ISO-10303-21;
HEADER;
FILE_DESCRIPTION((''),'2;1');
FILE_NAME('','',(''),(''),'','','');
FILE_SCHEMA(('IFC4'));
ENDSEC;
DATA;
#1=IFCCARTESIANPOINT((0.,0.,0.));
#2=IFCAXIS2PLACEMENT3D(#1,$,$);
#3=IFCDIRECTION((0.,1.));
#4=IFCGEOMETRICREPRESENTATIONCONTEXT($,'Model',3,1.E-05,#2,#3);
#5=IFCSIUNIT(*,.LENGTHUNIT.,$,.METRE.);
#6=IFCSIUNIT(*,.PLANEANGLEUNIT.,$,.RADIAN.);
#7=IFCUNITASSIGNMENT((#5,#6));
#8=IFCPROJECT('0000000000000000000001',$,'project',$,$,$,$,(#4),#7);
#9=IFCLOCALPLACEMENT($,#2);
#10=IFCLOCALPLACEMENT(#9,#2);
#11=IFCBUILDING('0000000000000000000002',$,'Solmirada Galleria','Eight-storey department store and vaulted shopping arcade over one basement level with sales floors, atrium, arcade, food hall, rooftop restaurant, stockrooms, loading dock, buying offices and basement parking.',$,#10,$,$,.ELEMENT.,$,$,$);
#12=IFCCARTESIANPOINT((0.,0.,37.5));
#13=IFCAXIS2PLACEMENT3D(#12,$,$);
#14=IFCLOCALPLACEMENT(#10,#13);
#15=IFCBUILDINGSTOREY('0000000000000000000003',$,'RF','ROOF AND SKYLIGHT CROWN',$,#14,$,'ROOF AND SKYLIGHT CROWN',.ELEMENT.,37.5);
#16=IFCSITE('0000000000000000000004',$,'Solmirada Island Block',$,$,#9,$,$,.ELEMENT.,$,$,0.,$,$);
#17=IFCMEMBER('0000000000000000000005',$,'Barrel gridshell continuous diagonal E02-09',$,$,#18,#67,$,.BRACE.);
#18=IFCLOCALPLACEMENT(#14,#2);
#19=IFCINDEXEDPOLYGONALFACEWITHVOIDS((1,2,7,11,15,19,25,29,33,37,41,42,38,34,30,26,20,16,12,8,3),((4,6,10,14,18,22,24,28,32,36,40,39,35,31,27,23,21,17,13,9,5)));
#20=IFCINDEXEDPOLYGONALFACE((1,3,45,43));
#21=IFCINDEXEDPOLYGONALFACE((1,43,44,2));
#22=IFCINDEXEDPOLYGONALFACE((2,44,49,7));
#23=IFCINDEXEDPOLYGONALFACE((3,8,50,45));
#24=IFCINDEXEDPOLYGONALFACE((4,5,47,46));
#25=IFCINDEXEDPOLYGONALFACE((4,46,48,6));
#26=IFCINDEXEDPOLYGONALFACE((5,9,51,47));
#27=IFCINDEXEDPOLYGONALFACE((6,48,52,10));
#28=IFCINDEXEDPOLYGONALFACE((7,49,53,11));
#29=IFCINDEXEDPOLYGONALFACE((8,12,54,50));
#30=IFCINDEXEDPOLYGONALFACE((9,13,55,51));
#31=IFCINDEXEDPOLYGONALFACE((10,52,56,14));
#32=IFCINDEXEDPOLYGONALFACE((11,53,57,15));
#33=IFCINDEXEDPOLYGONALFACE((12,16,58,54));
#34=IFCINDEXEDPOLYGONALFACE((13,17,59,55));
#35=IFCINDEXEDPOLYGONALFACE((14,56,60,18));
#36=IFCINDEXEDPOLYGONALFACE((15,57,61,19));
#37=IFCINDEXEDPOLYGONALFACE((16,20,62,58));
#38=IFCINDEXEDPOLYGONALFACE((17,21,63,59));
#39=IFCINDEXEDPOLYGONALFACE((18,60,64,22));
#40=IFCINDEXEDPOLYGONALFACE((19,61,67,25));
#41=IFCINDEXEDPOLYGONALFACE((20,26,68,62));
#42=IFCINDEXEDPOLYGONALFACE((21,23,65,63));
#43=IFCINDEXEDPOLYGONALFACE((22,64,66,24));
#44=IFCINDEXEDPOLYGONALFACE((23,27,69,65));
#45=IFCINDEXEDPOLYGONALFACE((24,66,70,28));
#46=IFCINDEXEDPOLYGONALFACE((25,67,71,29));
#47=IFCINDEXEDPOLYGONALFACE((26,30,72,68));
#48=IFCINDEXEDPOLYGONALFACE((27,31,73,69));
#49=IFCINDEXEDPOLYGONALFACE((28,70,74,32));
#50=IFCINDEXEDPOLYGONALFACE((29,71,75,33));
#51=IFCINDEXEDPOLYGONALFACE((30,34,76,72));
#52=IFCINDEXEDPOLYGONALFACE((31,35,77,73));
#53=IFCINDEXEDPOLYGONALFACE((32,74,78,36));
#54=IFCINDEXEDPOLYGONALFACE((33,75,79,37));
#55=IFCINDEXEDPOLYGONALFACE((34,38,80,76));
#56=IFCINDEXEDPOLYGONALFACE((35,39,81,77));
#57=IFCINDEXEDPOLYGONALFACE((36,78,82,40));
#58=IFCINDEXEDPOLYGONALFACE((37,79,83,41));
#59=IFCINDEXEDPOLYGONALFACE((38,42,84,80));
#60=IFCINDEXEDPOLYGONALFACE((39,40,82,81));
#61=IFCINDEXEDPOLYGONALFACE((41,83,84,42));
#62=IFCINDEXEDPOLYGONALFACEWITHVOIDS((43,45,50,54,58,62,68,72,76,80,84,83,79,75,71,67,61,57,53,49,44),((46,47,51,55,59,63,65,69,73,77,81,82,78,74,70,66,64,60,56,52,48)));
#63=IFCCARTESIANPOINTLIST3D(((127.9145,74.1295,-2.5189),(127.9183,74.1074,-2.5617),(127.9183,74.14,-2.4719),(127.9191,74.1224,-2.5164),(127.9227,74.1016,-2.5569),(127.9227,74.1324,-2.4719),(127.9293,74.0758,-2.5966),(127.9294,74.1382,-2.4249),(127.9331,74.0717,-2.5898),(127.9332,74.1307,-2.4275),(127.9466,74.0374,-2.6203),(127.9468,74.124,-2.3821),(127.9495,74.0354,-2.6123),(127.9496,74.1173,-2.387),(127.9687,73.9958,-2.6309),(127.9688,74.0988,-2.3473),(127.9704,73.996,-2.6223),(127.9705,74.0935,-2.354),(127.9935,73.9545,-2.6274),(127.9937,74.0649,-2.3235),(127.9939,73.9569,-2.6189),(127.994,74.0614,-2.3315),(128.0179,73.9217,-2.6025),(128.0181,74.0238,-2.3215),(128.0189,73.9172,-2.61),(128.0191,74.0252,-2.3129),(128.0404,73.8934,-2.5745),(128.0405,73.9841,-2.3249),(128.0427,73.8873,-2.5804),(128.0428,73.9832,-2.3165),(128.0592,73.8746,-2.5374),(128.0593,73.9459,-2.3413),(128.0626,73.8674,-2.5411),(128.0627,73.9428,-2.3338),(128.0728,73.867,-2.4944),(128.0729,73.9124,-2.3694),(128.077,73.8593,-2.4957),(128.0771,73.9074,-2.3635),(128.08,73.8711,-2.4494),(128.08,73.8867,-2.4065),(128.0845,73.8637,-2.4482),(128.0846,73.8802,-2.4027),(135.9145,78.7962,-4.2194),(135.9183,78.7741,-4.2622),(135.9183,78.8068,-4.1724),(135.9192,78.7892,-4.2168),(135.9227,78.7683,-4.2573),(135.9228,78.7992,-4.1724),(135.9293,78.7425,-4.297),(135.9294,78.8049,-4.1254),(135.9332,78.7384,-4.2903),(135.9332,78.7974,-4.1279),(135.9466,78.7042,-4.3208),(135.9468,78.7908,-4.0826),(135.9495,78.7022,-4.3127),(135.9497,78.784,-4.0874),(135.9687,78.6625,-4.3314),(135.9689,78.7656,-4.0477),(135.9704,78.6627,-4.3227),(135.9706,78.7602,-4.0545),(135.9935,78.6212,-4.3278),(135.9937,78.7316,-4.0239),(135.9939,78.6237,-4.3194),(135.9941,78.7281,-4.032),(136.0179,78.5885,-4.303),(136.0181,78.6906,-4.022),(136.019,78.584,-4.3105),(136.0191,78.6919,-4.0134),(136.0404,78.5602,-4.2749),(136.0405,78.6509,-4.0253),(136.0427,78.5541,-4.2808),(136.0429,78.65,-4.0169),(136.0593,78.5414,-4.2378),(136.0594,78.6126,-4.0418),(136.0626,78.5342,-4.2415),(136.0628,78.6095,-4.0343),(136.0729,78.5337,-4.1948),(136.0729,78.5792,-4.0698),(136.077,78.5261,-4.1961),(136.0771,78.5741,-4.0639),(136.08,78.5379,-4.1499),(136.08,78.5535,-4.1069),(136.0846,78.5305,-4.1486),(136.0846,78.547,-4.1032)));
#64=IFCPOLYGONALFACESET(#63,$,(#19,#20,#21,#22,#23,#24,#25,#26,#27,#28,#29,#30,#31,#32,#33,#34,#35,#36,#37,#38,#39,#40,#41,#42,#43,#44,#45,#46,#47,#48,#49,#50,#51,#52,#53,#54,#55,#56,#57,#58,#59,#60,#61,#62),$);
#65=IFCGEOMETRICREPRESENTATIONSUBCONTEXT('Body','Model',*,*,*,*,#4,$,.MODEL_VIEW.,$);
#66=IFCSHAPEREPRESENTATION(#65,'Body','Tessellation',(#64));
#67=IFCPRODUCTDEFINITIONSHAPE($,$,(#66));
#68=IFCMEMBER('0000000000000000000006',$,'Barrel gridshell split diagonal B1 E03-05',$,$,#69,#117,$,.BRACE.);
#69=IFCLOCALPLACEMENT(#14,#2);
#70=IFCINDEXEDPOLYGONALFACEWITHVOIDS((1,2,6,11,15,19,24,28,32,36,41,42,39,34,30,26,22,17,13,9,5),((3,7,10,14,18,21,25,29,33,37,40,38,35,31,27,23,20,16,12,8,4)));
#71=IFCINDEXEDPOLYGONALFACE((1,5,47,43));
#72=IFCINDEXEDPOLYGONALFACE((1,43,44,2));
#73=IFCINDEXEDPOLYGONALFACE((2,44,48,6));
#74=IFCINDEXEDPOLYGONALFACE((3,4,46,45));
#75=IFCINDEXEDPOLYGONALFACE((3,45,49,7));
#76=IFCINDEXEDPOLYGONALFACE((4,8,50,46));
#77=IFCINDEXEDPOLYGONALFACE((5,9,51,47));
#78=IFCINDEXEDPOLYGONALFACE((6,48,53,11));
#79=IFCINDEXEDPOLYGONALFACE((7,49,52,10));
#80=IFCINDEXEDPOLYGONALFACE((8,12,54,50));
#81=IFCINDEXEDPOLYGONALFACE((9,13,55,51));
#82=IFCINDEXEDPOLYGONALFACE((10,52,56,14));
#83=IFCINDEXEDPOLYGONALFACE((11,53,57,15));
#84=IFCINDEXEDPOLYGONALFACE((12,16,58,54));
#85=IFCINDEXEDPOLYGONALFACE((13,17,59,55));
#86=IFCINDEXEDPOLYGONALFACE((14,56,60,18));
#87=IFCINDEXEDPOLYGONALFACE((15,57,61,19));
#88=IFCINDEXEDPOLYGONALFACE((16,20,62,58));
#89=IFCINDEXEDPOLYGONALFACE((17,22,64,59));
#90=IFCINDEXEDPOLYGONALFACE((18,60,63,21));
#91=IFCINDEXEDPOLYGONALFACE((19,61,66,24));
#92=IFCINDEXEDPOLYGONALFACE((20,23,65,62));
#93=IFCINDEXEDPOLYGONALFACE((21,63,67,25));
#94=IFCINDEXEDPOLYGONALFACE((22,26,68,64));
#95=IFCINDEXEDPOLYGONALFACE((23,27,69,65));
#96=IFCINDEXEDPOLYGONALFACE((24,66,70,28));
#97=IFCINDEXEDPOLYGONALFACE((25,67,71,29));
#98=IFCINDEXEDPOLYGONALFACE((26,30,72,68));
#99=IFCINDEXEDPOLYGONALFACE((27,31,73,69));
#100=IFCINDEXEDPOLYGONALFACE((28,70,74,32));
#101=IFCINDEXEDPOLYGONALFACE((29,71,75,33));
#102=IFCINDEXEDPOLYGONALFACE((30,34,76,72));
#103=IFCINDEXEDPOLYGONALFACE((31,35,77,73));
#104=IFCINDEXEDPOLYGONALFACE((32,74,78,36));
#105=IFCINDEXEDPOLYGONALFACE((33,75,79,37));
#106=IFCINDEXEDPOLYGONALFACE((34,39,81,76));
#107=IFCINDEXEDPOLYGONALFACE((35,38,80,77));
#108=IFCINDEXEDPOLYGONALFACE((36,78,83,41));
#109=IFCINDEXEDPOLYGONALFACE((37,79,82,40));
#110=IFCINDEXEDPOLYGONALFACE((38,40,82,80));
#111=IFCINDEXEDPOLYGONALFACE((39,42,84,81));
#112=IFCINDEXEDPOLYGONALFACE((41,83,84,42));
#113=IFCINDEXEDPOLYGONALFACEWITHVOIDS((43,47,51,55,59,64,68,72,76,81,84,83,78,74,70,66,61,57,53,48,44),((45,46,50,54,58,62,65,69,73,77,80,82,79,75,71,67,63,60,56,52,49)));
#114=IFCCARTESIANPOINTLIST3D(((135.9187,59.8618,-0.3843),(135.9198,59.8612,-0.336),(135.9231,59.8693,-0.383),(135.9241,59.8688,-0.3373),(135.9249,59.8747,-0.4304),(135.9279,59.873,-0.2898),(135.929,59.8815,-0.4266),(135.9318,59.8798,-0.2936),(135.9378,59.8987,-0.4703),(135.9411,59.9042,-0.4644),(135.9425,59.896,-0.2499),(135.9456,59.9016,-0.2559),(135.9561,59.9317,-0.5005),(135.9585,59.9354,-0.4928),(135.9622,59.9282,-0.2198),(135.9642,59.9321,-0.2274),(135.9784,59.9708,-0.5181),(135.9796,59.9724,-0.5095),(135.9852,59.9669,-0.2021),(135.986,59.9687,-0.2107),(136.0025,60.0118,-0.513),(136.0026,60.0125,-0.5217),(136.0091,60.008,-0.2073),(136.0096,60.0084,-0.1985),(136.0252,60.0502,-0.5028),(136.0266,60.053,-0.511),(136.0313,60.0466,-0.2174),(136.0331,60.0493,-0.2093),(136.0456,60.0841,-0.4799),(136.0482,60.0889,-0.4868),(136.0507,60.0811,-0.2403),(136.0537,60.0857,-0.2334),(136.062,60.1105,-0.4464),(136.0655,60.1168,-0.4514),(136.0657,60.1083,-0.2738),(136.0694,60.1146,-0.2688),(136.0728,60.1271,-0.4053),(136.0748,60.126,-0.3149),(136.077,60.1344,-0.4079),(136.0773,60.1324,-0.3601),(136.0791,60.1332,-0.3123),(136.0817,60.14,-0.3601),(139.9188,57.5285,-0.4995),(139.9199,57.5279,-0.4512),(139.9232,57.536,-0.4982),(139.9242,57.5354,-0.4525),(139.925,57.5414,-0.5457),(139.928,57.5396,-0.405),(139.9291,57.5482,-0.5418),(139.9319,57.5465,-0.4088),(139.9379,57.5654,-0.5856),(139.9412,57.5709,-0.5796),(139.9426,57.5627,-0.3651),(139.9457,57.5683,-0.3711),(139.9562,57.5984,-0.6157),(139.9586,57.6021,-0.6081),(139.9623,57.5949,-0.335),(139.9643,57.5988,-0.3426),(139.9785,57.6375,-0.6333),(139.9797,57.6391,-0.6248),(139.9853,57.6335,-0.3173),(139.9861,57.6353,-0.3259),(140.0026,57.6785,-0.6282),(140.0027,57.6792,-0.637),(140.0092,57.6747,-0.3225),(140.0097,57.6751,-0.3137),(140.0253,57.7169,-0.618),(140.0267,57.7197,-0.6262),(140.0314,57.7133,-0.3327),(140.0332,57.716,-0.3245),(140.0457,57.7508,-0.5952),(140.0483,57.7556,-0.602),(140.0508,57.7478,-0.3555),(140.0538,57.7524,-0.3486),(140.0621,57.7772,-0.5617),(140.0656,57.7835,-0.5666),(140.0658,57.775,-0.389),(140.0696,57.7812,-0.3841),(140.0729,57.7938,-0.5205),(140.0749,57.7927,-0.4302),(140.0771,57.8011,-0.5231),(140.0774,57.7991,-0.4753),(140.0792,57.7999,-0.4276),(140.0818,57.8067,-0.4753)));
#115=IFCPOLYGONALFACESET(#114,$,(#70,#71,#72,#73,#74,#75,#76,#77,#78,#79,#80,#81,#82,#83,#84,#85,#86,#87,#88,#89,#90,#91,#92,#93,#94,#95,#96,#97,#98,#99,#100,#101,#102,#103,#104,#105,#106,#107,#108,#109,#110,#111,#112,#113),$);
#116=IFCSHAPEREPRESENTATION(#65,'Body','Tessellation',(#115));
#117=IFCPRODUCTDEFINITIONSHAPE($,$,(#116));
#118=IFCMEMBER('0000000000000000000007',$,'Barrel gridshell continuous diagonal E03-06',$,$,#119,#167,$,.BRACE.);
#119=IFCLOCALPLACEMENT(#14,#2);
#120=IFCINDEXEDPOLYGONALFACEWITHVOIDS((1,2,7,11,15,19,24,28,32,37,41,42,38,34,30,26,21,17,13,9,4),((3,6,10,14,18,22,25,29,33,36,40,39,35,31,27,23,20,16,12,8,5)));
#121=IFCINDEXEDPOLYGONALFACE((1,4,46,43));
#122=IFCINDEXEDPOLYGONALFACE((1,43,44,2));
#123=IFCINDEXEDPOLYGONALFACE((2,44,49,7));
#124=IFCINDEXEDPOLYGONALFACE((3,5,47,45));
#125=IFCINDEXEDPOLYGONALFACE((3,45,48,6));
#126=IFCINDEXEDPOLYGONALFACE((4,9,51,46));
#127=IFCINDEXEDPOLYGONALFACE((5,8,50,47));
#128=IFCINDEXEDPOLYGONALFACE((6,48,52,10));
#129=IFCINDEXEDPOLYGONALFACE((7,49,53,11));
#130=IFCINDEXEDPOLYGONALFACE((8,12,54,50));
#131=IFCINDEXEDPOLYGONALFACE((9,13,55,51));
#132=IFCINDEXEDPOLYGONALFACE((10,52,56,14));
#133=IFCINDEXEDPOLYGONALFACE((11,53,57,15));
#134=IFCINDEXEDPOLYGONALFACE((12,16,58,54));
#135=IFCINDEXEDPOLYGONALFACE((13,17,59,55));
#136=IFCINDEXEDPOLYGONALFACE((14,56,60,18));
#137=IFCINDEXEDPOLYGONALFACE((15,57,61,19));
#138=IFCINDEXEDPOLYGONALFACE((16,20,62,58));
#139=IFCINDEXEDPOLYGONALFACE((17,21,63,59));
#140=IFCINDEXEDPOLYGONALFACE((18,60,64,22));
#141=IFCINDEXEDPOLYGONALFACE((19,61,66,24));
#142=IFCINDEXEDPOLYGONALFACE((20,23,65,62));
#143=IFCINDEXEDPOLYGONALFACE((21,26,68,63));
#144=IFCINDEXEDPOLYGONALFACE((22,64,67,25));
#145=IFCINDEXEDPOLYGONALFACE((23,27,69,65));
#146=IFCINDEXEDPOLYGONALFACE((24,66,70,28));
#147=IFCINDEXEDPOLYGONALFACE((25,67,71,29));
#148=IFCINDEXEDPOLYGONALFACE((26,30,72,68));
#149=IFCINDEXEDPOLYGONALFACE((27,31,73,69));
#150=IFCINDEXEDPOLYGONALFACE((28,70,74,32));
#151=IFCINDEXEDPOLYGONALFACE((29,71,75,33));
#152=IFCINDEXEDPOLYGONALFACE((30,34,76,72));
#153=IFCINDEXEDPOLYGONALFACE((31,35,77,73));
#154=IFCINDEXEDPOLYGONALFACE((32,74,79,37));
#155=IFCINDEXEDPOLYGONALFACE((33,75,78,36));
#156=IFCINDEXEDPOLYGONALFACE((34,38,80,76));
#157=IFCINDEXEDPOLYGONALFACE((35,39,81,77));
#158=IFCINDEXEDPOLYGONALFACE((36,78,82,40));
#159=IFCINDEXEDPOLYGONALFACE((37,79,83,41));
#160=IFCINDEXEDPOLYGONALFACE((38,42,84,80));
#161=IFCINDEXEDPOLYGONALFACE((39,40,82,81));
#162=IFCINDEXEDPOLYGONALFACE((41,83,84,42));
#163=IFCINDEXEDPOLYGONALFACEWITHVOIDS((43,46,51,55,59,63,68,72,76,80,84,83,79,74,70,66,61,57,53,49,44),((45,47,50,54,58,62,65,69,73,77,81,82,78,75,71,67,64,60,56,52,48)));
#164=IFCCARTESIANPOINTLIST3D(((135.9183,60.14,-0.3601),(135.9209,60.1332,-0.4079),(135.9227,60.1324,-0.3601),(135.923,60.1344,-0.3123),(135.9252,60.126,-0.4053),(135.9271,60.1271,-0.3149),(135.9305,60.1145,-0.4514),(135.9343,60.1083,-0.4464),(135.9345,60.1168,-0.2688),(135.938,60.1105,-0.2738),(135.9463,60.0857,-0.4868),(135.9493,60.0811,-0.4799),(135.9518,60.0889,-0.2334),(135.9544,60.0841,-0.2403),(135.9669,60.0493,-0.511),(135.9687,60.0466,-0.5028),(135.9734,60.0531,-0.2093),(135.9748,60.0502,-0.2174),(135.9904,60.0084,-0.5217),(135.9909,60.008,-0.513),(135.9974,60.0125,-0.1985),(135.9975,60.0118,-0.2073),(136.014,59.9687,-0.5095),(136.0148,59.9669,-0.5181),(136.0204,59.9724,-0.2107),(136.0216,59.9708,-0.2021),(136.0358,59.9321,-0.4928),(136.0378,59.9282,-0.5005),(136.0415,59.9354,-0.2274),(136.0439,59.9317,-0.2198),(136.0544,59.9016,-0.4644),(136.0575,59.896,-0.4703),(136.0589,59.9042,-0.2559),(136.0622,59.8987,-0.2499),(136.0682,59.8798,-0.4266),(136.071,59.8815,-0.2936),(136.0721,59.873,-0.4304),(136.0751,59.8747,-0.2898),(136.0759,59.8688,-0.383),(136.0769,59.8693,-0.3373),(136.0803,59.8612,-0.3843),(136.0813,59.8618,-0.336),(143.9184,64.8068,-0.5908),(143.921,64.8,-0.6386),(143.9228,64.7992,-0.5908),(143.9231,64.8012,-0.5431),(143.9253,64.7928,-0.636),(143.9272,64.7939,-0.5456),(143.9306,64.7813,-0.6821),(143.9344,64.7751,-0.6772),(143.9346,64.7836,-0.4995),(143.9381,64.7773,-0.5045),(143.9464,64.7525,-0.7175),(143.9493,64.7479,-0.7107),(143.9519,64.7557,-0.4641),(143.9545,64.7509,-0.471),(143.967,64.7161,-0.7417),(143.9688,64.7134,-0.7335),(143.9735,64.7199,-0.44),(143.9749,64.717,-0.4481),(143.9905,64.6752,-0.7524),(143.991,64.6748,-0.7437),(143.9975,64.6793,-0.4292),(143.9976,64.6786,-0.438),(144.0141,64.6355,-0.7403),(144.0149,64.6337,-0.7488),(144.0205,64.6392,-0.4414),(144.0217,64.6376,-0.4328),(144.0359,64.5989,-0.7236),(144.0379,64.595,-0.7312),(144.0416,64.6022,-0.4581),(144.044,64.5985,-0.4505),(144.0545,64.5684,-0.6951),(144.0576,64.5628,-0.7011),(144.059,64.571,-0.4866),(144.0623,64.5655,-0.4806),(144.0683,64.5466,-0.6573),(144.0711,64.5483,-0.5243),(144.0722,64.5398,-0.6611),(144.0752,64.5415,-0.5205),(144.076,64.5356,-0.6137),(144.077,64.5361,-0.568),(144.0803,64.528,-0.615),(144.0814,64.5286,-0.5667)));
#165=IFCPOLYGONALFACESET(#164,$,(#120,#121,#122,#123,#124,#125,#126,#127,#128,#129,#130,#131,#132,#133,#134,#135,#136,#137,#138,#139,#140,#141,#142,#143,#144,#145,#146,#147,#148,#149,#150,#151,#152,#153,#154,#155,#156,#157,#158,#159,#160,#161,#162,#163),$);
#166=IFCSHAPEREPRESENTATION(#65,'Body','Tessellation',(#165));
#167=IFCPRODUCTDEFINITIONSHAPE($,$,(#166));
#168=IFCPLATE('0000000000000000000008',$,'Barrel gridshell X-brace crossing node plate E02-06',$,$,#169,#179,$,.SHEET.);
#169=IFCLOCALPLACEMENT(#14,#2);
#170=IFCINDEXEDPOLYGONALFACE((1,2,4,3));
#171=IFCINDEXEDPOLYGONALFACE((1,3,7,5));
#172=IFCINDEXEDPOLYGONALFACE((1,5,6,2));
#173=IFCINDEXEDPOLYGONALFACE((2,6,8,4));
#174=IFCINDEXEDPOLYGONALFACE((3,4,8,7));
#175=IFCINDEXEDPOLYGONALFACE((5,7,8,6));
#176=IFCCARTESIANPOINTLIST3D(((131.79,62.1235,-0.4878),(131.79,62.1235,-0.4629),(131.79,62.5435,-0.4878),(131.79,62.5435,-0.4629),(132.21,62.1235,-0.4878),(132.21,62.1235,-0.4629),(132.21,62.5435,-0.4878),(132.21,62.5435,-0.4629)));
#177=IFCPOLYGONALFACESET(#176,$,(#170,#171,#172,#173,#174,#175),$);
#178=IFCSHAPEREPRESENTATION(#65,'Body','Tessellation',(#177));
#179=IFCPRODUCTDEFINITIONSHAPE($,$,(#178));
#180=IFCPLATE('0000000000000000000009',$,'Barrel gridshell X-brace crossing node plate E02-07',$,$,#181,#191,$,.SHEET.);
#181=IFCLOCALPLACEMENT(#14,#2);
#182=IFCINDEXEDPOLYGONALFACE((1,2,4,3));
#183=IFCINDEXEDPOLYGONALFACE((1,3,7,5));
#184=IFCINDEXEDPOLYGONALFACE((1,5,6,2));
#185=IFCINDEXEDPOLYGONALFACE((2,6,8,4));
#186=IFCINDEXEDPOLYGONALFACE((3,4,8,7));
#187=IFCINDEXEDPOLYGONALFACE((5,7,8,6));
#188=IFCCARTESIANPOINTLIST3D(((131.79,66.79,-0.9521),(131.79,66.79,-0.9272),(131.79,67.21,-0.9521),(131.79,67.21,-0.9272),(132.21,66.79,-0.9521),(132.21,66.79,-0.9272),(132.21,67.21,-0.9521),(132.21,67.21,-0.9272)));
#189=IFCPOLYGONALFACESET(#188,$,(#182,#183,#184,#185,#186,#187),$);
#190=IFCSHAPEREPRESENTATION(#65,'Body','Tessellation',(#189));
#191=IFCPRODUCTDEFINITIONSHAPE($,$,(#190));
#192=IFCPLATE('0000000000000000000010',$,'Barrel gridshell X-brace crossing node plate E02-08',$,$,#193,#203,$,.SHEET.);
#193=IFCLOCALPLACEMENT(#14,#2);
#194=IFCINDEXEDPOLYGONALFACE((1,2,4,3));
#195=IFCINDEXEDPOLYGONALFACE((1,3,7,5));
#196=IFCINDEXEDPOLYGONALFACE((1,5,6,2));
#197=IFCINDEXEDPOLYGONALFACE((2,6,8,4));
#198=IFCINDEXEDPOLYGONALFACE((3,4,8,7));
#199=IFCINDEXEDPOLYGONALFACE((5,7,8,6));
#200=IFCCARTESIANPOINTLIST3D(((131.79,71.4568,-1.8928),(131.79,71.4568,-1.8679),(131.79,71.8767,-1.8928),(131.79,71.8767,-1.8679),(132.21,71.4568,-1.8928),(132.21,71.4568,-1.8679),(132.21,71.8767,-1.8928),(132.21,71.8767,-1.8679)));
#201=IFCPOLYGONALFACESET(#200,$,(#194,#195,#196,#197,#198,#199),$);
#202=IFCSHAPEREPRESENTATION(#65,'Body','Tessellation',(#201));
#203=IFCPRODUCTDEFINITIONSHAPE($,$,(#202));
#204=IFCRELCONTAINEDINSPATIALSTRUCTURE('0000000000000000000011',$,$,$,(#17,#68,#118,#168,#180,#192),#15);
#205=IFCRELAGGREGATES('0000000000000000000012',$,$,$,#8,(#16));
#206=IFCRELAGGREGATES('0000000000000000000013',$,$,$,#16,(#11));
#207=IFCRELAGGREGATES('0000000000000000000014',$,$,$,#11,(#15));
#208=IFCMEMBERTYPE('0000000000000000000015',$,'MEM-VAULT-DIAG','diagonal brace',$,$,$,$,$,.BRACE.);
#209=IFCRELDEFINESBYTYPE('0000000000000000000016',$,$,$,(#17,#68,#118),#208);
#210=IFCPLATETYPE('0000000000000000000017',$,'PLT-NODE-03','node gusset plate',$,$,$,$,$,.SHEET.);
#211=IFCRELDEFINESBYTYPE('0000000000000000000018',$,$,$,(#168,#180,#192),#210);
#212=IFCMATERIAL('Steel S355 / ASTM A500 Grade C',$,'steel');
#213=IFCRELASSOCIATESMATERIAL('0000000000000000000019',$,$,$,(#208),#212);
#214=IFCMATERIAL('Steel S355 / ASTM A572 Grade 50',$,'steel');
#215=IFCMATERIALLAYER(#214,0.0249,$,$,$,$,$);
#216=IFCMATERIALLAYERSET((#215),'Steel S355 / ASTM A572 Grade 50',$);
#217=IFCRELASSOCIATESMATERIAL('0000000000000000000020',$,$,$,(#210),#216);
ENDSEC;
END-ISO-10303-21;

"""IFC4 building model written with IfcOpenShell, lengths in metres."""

from ifc_helpers import new_model, si_unit, direction, frame, origin, origin_2d, place, context, subcontext, project, spatial, rectangle, hollow_circle, extrude, material, layer, layer_set, material_profile, profile_set, type_object, element, save


model = new_model("IFC4")

# Units and contexts
model_context = context("Model", 3, precision=1e-05, world=origin(), true_north=direction((0.0, 1.0)))
body_context = subcontext(model_context, "Body", "Model", "MODEL_VIEW")
ifc_project = project(units=[si_unit("LENGTHUNIT", "METRE"), si_unit("PLANEANGLEUNIT", "RADIAN")], contexts=[model_context])

# Site, building, storey
site_placement = place(None, origin())
site = spatial("IfcSite", under=ifc_project, at=site_placement, Name="Solmirada Island Block", CompositionType="ELEMENT", RefElevation=0.0)
building_placement = place(site_placement, origin())
building = spatial("IfcBuilding", under=site, at=building_placement, Name="Solmirada Galleria", Description="Eight-storey department store and vaulted shopping arcade over one basement level with sales floors, atrium, arcade, food hall, rooftop restaurant, stockrooms, loading dock, buying offices and basement parking.", CompositionType="ELEMENT")
storey_placement = place(building_placement, frame((0.0, 0.0, 37.5)))
storey = spatial("IfcBuildingStorey", under=building, at=storey_placement, Name="RF", Description="ROOF AND SKYLIGHT CROWN", LongName="ROOF AND SKYLIGHT CROWN", CompositionType="ELEMENT", Elevation=37.5)

# Members
ifc_material_1 = material(Name="Steel S355 / ASTM A500 Grade C", Category="steel")
ifc_material_profile_1 = material_profile(ifc_material_1, hollow_circle(Radius=0.1621, WallThickness=0.0088, at=origin_2d()), Name="HSS12.750X0.375")
ifc_profile_set_1 = profile_set([ifc_material_profile_1], Name="Steel S355 / ASTM A500 Grade C")
member_type_1 = type_object("IfcMemberType", Name="MEM-VAULT-DIAG", Description="diagonal brace", PredefinedType="BRACE", material=ifc_profile_set_1)
member_1_placement = place(storey_placement, frame((128.0, 74.0, -2.4719), z_axis=(0.849575, 0.495594, -0.180581), x_axis=(-0.503878, 0.863775, 0.0)))
element("IfcMember", 1, at=member_1_placement, inside=storey, type_object=member_type_1, Name="Barrel gridshell continuous diagonal E02-09", PredefinedType="BRACE", context=body_context, shape_type="SweptSolid", body=[
    extrude(hollow_circle(Radius=0.1621, WallThickness=0.0088, at=origin_2d()), origin(), (0.0, 0.0, 1.0), 9.4165),
])
member_2_placement = place(storey_placement, frame((136.0, 60.0, -0.3601), z_axis=(0.863519, -0.503702, -0.024877), x_axis=(0.503858, 0.863787, 0.0)))
element("IfcMember", 2, at=member_2_placement, inside=storey, type_object=member_type_1, Name="Barrel gridshell split diagonal B1 E03-05", PredefinedType="BRACE", context=body_context, shape_type="SweptSolid", body=[
    extrude(hollow_circle(Radius=0.1621, WallThickness=0.0088, at=origin_2d()), origin(), (0.0, 0.0, 1.0), 4.6323),
])
member_3_placement = place(storey_placement, frame((136.0, 60.0, -0.3601), z_axis=(0.863507, 0.503721, -0.024903), x_axis=(-0.503878, 0.863775, 0.0)))
element("IfcMember", 3, at=member_3_placement, inside=storey, type_object=member_type_1, Name="Barrel gridshell continuous diagonal E03-06", PredefinedType="BRACE", context=body_context, shape_type="SweptSolid", body=[
    extrude(hollow_circle(Radius=0.1621, WallThickness=0.0088, at=origin_2d()), origin(), (0.0, 0.0, 1.0), 9.2646),
])

# Plates
ifc_material_2 = material(Name="Steel S355 / ASTM A572 Grade 50", Category="steel")
ifc_layer_1 = layer(ifc_material_2, 0.0249)
ifc_layer_set_1 = layer_set([ifc_layer_1], Name="Steel S355 / ASTM A572 Grade 50")
plate_type_1 = type_object("IfcPlateType", Name="PLT-NODE-03", Description="node gusset plate", PredefinedType="SHEET", material=ifc_layer_set_1)
for number, where, z_axis, x_axis, name in (
    (4, (132.0, 62.3335, -0.4878), (0.0, 0.0, 1.0), (1.0, 0.0, 0.0), "Barrel gridshell X-brace crossing node plate E02-06"),
    (5, (132.0, 67.0, -0.9521), (0.0, 0.0, 1.0), (1.0, 0.0, 0.0), "Barrel gridshell X-brace crossing node plate E02-07"),
    (6, (132.0, 71.6667, -1.8928), (0.0, 0.0, 1.0), (1.0, 0.0, 0.0), "Barrel gridshell X-brace crossing node plate E02-08"),
):
    element("IfcPlate", number, at=place(storey_placement, frame(where, z_axis=z_axis, x_axis=x_axis)), inside=storey, type_object=plate_type_1, Name=name, PredefinedType="SHEET", context=body_context, shape_type="SweptSolid", body=[
        extrude(rectangle(XDim=0.4199, YDim=0.4199, at=origin_2d()), origin(), (0.0, 0.0, 1.0), 0.0249),
    ])

save(model, "model.ifc")
